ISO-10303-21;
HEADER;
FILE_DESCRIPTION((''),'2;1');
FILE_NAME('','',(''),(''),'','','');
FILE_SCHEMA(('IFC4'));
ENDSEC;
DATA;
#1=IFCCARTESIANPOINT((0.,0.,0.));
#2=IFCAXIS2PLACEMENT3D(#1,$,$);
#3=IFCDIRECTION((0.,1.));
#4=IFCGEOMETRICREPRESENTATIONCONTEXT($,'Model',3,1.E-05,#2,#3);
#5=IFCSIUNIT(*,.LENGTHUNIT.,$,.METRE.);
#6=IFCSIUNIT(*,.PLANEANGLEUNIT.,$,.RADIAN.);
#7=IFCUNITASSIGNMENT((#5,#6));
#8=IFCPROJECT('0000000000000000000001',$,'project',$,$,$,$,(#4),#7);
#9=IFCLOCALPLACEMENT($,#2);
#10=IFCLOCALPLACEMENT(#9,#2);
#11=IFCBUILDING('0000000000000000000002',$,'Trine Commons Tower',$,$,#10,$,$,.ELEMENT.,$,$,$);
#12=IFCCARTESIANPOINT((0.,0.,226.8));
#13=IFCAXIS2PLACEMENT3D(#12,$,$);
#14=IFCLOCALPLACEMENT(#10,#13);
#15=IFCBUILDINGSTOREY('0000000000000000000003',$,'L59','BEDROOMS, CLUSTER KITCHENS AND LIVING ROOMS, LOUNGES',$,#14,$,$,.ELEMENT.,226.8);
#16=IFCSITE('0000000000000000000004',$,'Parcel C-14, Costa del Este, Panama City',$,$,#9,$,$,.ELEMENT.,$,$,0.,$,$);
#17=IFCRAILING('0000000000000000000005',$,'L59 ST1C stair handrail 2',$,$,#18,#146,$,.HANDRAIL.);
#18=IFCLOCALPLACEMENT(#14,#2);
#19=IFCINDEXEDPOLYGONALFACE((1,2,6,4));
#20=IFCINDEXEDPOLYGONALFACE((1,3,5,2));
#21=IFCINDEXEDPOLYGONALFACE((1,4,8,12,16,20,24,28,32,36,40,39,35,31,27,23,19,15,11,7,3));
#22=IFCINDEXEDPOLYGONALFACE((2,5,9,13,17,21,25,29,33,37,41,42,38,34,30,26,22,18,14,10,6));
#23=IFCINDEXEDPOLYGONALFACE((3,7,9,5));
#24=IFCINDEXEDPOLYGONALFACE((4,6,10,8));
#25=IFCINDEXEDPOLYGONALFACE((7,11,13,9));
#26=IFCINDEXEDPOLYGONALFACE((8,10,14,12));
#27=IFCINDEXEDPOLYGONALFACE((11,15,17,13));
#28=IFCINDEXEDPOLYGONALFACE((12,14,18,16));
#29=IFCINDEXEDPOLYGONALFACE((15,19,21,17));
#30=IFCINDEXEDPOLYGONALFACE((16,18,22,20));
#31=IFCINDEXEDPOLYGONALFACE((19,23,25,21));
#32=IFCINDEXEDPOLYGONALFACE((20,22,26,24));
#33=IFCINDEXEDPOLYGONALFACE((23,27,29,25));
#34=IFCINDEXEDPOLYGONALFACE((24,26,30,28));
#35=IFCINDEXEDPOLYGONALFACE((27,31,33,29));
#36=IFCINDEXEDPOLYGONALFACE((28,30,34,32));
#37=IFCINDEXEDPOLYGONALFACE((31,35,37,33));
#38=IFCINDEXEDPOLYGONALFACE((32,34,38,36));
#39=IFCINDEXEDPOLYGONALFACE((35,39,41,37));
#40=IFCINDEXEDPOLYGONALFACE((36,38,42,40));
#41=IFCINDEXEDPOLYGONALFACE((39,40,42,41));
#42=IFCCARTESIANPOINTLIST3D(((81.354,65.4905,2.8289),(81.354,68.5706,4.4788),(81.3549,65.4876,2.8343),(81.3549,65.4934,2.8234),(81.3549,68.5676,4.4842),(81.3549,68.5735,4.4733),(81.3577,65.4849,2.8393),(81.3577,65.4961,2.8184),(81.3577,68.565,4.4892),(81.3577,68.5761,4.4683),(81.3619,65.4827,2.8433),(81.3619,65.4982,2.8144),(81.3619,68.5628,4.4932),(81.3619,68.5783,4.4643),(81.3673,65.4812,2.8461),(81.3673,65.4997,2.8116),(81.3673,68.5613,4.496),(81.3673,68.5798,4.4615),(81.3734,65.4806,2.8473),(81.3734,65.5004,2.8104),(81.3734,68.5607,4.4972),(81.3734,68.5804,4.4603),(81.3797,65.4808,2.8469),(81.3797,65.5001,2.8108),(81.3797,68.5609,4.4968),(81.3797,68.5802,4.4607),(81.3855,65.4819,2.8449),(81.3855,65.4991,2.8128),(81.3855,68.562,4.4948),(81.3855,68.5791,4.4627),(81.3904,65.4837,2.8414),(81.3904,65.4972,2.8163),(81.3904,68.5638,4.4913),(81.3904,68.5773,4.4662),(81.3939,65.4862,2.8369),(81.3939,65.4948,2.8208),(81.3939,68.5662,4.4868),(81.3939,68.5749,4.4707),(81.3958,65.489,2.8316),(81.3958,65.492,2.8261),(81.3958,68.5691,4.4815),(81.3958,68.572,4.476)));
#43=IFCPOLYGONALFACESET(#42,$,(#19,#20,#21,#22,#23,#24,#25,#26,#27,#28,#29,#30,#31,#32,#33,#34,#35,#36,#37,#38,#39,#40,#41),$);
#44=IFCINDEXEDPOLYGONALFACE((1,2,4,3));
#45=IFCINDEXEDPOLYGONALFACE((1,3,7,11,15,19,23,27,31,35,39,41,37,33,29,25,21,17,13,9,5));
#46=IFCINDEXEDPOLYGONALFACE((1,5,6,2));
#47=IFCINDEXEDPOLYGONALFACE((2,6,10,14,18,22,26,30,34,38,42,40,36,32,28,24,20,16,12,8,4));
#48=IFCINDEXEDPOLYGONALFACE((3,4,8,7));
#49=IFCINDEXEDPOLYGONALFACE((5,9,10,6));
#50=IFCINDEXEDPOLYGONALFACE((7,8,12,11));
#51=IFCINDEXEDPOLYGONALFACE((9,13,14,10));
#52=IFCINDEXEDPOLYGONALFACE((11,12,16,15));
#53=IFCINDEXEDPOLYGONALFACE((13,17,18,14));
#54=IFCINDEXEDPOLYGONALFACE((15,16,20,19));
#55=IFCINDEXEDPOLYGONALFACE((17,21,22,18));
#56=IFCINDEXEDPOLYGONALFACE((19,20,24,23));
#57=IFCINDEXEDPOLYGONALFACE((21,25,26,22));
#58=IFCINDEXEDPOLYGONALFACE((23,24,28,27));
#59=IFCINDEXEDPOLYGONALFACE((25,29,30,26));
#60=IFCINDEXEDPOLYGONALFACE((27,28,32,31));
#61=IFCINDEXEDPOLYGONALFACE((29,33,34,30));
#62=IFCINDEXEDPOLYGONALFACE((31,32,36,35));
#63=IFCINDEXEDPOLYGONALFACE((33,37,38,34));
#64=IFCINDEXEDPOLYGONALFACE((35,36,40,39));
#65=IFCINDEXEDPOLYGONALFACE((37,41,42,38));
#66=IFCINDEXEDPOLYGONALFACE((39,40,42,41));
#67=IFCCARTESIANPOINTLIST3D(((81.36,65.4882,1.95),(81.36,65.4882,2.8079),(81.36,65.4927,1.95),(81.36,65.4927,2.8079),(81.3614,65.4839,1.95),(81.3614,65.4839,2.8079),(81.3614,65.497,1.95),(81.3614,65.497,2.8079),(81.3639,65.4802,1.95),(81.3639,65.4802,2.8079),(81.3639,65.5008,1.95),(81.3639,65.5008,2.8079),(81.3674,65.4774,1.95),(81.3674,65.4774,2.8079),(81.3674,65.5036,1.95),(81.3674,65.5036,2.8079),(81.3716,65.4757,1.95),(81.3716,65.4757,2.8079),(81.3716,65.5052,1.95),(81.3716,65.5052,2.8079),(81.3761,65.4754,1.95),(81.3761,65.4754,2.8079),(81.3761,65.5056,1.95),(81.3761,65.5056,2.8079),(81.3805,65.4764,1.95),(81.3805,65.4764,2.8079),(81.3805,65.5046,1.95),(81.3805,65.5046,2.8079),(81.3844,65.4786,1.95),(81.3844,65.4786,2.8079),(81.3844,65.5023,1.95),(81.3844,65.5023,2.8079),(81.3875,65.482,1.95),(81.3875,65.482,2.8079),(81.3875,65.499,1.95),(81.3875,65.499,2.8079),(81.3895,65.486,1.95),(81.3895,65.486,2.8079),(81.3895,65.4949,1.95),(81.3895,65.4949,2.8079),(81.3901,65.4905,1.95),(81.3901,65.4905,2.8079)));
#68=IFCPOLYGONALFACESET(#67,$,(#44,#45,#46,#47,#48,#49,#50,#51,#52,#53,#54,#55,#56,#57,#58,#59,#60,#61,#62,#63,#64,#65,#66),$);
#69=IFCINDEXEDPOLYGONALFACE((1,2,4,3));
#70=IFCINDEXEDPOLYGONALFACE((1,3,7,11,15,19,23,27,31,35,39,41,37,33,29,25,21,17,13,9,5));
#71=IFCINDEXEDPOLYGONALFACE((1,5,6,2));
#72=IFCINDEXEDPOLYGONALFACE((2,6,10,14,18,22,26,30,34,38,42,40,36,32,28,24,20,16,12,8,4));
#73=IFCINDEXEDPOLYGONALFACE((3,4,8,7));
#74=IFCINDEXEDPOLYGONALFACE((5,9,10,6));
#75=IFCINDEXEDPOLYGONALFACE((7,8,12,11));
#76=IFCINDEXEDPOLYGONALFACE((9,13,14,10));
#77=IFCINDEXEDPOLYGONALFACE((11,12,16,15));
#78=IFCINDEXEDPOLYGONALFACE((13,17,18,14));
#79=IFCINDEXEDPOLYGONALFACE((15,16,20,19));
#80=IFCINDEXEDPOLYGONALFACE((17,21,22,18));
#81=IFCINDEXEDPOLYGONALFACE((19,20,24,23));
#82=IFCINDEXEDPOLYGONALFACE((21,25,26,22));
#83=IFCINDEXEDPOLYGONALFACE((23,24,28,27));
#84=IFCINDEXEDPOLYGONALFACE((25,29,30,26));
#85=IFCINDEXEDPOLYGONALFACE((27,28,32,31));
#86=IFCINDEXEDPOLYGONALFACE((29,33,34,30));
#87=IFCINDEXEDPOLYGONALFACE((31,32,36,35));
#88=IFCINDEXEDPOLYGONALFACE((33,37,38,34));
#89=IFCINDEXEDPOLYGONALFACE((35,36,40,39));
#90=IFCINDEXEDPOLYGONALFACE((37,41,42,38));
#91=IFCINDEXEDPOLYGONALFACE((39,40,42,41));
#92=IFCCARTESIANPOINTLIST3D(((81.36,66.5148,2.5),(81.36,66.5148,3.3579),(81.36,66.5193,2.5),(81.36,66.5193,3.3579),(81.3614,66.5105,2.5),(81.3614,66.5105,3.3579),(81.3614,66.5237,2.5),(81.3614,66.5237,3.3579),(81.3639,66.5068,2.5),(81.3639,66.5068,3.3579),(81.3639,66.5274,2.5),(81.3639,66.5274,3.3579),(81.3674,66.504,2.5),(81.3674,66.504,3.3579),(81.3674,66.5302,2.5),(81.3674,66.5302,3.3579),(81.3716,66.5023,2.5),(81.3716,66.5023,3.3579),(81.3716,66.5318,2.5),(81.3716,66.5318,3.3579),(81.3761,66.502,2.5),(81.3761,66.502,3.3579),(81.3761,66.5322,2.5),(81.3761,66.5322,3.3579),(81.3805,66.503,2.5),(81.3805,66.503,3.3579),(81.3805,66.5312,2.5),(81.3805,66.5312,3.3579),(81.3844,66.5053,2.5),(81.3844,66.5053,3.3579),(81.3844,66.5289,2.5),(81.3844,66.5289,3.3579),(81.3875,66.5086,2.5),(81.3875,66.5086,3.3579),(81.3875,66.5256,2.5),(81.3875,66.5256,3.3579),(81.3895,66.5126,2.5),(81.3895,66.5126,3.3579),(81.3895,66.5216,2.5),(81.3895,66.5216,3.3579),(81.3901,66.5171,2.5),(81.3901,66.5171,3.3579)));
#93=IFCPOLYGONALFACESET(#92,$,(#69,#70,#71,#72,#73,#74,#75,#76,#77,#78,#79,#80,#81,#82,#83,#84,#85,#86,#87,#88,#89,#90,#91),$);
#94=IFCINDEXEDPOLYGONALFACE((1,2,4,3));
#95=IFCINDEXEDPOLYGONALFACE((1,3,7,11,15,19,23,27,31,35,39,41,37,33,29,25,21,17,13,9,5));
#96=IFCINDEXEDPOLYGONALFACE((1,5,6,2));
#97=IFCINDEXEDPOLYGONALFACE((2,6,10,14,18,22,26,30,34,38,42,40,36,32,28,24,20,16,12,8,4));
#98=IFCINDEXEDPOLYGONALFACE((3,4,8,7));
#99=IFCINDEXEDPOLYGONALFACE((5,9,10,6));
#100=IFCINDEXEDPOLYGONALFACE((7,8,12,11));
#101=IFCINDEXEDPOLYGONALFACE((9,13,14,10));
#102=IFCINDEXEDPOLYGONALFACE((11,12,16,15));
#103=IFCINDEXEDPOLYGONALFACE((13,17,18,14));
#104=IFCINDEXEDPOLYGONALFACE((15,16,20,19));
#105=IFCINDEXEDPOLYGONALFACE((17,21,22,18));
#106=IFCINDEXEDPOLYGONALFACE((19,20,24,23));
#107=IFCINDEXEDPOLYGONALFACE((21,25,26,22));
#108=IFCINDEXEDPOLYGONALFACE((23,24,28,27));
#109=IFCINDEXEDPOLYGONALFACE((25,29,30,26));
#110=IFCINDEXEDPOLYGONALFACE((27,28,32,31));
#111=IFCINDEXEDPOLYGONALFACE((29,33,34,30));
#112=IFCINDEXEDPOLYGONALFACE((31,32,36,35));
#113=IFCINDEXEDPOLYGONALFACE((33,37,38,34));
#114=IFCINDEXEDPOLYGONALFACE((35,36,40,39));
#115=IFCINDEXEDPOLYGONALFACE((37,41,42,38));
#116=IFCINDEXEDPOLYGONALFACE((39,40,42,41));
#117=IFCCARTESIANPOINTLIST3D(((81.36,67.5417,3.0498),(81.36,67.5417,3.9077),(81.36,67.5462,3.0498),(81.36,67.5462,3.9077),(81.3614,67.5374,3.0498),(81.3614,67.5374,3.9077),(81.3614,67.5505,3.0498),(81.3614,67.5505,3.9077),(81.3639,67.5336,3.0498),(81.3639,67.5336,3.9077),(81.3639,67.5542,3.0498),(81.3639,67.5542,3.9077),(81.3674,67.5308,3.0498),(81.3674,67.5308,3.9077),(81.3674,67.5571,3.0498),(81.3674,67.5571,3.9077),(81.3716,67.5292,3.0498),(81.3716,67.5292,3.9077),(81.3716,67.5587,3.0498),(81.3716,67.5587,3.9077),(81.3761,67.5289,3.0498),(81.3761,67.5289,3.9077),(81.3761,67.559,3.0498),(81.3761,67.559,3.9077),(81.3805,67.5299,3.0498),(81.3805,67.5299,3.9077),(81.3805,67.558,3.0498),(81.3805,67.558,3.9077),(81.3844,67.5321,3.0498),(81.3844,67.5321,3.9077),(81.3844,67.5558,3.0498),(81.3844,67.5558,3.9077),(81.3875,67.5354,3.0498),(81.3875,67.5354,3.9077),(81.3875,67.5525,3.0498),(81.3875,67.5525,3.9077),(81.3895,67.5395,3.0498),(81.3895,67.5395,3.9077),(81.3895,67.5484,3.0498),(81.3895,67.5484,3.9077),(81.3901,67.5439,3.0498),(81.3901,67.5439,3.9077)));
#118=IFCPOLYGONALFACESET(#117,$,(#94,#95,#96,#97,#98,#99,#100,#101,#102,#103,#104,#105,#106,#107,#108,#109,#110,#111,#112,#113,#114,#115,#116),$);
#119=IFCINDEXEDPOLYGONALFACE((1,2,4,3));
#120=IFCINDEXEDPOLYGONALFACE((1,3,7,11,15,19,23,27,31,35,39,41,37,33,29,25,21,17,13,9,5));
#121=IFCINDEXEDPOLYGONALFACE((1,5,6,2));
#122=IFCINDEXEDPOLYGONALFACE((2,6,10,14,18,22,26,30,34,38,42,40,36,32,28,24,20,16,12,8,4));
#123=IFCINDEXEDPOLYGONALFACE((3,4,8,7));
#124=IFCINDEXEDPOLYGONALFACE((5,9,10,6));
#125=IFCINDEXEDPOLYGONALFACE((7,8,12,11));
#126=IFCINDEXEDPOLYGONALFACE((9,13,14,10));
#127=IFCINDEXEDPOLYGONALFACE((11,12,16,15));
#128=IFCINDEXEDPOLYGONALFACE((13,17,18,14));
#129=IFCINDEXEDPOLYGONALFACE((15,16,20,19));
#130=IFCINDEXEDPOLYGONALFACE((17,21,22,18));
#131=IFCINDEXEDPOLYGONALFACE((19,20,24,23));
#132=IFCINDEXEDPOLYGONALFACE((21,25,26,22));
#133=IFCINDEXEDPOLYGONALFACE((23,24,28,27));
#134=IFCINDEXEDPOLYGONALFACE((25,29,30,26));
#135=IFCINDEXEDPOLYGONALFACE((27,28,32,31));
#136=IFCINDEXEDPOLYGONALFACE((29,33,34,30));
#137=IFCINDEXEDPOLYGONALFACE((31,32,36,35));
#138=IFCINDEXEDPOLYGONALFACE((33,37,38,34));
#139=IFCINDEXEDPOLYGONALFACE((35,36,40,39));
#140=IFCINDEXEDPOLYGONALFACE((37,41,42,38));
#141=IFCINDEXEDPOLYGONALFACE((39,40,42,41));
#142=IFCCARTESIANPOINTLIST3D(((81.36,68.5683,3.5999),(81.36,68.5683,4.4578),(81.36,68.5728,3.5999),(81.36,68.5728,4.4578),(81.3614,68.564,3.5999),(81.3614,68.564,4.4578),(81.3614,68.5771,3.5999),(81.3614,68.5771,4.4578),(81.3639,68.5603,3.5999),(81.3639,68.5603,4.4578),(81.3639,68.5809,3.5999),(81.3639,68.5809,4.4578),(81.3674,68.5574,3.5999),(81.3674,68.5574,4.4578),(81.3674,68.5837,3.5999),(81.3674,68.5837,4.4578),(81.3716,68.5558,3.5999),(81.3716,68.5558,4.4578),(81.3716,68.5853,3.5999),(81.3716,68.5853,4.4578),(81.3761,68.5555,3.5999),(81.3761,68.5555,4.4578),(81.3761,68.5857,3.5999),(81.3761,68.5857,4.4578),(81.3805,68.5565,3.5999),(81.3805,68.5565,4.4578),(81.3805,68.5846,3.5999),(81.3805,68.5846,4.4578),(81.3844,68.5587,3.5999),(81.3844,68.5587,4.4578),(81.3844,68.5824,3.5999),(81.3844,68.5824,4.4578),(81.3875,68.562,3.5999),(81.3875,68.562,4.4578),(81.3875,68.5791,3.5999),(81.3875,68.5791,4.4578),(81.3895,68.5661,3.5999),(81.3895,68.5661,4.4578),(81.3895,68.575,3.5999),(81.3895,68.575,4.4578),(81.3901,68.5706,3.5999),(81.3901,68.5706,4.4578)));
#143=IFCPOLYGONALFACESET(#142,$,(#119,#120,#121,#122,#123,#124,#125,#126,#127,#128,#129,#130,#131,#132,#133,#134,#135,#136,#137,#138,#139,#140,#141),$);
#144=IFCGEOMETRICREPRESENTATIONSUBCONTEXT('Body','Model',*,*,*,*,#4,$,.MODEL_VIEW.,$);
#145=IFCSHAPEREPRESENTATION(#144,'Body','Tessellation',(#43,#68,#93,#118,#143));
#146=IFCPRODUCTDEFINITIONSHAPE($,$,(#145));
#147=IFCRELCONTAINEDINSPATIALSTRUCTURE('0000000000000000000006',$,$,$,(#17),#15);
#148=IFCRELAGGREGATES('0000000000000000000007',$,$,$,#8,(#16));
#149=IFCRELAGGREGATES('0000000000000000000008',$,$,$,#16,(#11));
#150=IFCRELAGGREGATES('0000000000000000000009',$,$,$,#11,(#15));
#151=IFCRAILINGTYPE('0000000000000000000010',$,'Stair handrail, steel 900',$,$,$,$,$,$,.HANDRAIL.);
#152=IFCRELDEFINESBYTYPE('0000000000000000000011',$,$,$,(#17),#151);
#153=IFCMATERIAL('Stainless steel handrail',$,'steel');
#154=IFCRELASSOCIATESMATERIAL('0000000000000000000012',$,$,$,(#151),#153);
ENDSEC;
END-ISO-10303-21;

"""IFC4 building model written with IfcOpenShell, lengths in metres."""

from ifc_helpers import new_model, si_unit, direction, frame, origin, origin_2d, place, context, subcontext, project, spatial, circle, extrude, material, type_object, element, save


model = new_model("IFC4")

# Units and contexts
model_context = context("Model", 3, precision=1e-05, world=origin(), true_north=direction((0.0, 1.0)))
body_context = subcontext(model_context, "Body", "Model", "MODEL_VIEW")
ifc_project = project(units=[si_unit("LENGTHUNIT", "METRE"), si_unit("PLANEANGLEUNIT", "RADIAN")], contexts=[model_context])

# Site, building, storey
site_placement = place(None, origin())
site = spatial("IfcSite", under=ifc_project, at=site_placement, Name="Parcel C-14, Costa del Este, Panama City", CompositionType="ELEMENT", RefElevation=0.0)
building_placement = place(site_placement, origin())
building = spatial("IfcBuilding", under=site, at=building_placement, Name="Trine Commons Tower", CompositionType="ELEMENT")
storey_placement = place(building_placement, frame((0.0, 0.0, 226.8)))
storey = spatial("IfcBuildingStorey", under=building, at=storey_placement, Name="L59", Description="BEDROOMS, CLUSTER KITCHENS AND LIVING ROOMS, LOUNGES", CompositionType="ELEMENT", Elevation=226.8)

# Railing
ifc_material_1 = material(Name="Stainless steel handrail", Category="steel")
railing_type = type_object("IfcRailingType", Name="Stair handrail, steel 900", PredefinedType="HANDRAIL", material=ifc_material_1)
railing_placement = place(storey_placement, frame((81.375, 65.4905, 1.95)))
element("IfcRailing", 1, at=railing_placement, inside=storey, type_object=railing_type, Name="L59 ST1C stair handrail 2", PredefinedType="HANDRAIL", context=body_context, shape_type="SweptSolid", body=[
    extrude(circle(Radius=0.021, at=origin_2d()), frame((0.0, 0.0, 0.8789), z_axis=(0.0, 0.881497, 0.47219), x_axis=(-1.0, 0.0, 0.0)), (0.0, 0.0, 1.0), 3.4941),
    extrude(circle(Radius=0.0151, at=origin_2d()), origin(), (0.0, 0.0, 1.0), 0.8579),
    extrude(circle(Radius=0.0151, at=origin_2d()), frame((0.0, 1.0266, 0.55)), (0.0, 0.0, 1.0), 0.8579),
    extrude(circle(Radius=0.0151, at=origin_2d()), frame((0.0, 2.0535, 1.0999)), (0.0, 0.0, 1.0), 0.8579),
    extrude(circle(Radius=0.0151, at=origin_2d()), frame((0.0, 3.0801, 1.6499)), (0.0, 0.0, 1.0), 0.8579),
])

save(model, "model.ifc")
